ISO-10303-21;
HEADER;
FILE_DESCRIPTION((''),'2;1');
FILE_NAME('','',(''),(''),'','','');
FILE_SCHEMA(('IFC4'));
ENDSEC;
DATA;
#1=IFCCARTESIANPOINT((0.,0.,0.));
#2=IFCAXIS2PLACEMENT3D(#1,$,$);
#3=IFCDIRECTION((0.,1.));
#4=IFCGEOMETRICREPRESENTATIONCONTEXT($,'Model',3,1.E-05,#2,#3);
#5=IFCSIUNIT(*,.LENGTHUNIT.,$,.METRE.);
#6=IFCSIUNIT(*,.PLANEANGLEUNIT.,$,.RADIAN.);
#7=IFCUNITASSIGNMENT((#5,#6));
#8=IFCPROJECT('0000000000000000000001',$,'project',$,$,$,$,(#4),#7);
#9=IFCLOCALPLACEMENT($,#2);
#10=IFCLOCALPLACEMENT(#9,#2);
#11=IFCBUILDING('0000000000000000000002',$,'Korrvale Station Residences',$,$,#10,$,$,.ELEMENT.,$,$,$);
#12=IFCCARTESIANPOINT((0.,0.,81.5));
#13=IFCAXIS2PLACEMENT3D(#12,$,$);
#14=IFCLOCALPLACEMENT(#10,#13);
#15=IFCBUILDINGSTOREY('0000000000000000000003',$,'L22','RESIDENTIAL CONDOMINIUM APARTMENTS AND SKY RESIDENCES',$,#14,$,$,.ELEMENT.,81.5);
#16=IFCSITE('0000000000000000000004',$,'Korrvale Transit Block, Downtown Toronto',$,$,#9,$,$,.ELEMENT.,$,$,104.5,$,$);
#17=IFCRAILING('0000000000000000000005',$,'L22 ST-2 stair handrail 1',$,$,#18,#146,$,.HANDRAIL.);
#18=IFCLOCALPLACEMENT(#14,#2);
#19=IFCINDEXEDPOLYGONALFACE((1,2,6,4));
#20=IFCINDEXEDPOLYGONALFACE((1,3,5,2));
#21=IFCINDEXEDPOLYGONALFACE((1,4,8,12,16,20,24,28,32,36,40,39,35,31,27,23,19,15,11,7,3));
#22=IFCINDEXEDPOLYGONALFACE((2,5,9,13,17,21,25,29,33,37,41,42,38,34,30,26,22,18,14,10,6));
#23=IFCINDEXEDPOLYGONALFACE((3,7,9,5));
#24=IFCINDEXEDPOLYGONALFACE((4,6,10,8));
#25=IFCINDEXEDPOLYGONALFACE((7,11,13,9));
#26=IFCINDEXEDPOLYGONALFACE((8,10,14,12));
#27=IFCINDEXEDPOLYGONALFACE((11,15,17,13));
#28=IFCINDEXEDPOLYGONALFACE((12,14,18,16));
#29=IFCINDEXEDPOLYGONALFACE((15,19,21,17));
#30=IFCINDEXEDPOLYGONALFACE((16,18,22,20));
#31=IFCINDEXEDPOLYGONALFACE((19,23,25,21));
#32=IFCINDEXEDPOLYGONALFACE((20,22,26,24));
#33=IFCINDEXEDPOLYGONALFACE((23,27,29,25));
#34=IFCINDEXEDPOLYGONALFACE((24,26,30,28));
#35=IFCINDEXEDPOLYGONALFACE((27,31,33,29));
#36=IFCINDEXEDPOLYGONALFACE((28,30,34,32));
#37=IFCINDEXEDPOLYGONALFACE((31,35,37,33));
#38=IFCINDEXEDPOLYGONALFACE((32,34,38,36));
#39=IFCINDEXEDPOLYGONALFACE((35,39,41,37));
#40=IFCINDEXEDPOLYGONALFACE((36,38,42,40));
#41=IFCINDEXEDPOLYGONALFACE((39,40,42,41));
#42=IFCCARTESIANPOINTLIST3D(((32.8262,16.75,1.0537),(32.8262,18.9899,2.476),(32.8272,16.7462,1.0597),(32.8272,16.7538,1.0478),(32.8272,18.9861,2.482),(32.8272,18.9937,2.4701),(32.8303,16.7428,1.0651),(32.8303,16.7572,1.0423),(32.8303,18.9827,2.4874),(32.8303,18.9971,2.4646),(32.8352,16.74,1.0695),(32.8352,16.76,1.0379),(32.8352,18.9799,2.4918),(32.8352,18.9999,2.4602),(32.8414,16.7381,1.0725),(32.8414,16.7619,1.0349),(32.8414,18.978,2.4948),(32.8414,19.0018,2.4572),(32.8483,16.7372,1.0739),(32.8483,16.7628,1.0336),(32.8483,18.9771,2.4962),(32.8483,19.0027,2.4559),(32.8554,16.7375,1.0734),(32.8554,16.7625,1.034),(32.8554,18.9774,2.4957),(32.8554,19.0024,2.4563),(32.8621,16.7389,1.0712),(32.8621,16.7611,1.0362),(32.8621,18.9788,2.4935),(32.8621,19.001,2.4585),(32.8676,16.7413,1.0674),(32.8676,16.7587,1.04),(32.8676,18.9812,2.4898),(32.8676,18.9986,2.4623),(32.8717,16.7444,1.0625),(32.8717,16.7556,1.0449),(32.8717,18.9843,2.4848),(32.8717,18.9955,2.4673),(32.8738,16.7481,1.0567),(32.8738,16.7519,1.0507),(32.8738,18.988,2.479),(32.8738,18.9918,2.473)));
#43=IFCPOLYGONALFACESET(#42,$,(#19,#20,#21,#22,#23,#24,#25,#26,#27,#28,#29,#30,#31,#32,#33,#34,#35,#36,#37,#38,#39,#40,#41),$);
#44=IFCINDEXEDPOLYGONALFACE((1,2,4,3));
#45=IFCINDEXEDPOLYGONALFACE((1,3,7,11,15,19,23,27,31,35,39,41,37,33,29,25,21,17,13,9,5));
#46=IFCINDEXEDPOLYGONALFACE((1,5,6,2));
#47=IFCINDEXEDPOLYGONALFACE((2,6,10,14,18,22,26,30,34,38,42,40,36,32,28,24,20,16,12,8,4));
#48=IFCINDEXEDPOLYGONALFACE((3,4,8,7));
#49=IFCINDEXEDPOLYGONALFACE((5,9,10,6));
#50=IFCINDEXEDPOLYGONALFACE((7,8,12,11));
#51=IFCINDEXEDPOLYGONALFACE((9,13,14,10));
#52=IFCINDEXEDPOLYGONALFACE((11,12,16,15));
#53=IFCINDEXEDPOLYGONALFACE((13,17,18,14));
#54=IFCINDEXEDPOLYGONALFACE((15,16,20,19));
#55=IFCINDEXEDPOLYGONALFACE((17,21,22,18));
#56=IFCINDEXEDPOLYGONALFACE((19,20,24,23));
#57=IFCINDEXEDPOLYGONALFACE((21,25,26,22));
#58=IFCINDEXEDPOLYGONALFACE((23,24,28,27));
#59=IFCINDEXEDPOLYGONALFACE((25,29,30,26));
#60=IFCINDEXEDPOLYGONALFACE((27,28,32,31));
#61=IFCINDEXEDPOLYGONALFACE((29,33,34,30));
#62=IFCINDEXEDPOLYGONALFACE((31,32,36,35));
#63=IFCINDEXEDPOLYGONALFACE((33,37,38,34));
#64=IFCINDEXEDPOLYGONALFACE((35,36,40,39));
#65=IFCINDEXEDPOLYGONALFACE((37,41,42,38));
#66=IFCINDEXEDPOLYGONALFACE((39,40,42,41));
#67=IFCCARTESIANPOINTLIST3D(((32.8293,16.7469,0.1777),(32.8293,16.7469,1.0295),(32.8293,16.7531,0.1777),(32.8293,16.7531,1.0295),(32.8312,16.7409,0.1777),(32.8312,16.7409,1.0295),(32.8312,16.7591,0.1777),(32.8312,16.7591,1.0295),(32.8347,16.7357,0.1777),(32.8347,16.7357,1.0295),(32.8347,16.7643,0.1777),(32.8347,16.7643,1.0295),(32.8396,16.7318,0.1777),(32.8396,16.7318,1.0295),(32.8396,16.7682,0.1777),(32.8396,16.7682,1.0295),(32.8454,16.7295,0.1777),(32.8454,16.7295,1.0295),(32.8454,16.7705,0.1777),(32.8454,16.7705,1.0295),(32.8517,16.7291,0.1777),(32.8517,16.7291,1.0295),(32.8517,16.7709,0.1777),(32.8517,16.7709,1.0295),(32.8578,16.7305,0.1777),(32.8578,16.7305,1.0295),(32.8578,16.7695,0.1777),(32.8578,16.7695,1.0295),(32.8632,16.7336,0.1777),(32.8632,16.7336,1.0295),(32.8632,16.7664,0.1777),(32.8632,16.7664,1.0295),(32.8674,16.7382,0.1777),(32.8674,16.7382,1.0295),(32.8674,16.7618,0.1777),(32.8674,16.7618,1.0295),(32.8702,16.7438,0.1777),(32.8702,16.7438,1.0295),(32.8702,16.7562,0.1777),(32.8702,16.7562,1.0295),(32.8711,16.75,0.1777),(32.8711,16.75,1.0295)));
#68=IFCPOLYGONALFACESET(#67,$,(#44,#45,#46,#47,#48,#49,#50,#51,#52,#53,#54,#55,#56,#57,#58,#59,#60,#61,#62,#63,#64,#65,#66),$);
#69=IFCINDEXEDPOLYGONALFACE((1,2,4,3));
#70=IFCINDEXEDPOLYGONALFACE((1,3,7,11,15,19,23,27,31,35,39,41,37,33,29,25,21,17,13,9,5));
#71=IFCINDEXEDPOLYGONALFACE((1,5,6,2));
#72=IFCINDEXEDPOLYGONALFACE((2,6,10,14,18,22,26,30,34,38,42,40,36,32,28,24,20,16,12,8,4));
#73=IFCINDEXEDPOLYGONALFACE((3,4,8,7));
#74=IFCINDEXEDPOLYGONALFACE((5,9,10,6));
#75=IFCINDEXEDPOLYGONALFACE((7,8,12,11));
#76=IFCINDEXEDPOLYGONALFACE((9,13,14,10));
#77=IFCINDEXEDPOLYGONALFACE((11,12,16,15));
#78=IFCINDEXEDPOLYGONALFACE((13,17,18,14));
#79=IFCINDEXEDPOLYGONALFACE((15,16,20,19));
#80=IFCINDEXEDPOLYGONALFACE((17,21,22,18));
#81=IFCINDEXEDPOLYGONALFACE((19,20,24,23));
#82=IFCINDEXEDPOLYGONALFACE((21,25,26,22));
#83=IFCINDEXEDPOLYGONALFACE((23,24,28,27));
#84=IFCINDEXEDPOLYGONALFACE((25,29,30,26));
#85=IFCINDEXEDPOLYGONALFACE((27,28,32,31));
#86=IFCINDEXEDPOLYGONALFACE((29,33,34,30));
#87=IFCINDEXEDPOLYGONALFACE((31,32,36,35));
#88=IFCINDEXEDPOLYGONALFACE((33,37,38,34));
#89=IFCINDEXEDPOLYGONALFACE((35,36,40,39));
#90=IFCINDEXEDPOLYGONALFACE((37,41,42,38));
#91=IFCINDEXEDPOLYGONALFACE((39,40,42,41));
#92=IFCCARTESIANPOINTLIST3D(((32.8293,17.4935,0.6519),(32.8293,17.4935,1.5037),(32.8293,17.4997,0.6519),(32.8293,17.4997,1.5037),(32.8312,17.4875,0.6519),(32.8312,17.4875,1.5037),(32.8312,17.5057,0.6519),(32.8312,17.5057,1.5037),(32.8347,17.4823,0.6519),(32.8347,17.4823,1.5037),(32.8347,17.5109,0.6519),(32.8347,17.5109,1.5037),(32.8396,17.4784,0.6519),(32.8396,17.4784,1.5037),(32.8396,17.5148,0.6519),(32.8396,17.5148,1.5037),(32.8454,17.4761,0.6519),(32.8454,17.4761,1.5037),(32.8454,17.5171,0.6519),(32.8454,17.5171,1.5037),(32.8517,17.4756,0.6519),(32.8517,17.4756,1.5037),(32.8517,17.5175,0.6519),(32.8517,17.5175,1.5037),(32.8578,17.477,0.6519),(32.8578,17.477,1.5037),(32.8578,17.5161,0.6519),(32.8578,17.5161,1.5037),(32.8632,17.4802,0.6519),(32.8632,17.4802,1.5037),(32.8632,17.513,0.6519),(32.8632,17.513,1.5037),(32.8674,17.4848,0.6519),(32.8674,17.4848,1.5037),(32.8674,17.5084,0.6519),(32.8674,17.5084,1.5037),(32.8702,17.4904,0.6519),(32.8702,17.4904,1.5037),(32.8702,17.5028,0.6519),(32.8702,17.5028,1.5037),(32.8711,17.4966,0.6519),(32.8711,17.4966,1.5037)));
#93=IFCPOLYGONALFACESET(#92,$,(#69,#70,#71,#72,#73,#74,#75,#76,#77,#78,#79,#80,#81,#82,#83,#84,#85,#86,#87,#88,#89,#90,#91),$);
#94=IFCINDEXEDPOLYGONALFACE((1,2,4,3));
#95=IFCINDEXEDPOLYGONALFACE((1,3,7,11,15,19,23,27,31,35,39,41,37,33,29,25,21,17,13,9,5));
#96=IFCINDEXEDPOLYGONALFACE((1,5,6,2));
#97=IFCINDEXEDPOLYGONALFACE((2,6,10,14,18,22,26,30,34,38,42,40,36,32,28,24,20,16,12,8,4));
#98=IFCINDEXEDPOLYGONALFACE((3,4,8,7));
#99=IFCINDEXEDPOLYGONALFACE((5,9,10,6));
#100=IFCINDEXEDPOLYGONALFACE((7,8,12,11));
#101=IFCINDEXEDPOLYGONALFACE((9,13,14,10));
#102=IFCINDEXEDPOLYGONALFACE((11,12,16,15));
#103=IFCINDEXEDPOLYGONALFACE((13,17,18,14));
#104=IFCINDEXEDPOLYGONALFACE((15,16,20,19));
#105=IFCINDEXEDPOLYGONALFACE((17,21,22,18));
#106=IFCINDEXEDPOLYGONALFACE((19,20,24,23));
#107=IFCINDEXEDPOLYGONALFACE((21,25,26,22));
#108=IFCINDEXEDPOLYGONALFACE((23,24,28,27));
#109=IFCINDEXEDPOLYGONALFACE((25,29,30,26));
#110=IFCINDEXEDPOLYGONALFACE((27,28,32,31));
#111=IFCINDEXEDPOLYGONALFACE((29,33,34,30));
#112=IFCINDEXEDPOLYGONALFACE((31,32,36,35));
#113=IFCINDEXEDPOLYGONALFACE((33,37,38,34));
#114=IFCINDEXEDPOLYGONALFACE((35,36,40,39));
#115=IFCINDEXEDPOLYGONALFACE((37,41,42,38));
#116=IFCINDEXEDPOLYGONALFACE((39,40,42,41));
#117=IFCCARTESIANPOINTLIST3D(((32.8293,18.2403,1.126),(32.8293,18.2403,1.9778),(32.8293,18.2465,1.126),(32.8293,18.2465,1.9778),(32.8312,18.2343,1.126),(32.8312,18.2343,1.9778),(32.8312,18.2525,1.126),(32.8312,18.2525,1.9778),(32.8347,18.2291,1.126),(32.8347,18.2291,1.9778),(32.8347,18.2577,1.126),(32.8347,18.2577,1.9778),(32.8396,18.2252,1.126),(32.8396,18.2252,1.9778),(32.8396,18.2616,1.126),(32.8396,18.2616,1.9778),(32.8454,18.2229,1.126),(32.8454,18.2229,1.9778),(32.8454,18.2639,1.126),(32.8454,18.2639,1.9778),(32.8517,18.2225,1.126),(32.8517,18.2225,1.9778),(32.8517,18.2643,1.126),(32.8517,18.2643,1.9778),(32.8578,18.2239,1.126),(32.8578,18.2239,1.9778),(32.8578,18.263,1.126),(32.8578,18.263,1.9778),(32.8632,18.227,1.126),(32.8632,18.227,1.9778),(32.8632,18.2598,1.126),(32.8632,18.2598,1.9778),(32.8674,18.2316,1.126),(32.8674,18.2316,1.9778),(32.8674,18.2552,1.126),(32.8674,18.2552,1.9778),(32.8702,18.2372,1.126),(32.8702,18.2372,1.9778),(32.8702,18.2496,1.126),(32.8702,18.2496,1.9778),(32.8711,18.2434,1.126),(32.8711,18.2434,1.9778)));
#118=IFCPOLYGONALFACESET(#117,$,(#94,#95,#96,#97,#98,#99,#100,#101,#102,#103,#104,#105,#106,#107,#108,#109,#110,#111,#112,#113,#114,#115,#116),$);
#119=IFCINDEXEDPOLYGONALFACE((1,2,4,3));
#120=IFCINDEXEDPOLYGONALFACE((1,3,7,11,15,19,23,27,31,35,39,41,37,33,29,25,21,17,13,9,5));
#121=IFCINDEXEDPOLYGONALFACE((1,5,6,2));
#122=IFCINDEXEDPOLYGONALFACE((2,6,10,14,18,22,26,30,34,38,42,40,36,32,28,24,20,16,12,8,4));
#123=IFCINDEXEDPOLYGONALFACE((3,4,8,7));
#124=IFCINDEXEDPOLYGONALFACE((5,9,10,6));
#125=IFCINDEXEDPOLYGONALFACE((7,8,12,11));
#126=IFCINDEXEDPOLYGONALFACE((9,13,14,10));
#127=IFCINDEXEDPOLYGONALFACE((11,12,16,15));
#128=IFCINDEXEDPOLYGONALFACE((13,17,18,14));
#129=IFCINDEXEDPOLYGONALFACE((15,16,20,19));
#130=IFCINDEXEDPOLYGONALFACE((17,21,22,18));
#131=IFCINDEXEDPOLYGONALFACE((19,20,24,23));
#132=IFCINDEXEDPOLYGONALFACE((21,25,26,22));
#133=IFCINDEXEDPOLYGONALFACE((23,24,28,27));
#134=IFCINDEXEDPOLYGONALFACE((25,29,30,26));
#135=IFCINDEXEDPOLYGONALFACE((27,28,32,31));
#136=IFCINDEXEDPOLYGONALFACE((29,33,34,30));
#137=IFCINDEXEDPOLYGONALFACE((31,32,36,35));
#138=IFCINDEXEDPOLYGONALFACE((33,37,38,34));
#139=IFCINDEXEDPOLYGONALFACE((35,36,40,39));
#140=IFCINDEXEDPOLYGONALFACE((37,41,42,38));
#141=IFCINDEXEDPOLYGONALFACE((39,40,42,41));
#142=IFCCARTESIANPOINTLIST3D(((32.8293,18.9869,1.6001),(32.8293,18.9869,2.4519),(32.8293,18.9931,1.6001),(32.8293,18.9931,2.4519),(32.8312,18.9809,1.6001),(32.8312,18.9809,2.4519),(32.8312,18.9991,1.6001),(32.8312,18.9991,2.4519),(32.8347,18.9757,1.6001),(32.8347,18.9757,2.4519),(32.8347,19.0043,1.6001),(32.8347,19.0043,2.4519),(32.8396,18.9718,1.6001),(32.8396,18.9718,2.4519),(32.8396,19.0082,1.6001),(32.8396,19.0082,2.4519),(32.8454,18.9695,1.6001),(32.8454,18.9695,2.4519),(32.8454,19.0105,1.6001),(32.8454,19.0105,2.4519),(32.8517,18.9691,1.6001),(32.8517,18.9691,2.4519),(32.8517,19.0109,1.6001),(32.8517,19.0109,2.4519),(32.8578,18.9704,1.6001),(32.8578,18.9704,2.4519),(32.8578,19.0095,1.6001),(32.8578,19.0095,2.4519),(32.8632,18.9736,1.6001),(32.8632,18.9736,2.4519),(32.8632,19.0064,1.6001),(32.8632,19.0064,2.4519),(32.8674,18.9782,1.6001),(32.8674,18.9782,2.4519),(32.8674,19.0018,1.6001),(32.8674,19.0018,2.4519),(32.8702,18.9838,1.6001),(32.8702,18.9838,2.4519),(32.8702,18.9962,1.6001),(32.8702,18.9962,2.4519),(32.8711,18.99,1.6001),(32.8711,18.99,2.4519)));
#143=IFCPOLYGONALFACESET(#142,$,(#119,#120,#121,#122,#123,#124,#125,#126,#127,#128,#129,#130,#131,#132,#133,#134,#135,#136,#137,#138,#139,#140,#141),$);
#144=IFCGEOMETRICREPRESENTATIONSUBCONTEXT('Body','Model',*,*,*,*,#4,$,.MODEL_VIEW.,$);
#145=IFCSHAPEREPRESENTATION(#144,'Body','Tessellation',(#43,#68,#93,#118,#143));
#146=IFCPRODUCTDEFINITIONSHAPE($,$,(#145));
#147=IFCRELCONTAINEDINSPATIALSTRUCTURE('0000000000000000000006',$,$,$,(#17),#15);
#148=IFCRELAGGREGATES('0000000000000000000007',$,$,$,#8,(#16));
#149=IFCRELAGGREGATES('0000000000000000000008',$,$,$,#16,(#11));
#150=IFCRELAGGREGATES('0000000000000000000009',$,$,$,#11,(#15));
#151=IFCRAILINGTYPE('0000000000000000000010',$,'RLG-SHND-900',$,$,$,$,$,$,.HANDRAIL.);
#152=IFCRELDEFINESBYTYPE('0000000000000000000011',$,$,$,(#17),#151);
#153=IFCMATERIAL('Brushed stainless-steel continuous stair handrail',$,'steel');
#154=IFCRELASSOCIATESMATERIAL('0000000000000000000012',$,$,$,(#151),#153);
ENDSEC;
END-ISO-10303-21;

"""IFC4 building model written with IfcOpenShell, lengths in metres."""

from ifc_helpers import new_model, si_unit, direction, frame, origin, origin_2d, place, context, subcontext, project, spatial, circle, extrude, material, type_object, element, save


model = new_model("IFC4")

# Units and contexts
model_context = context("Model", 3, precision=1e-05, world=origin(), true_north=direction((0.0, 1.0)))
body_context = subcontext(model_context, "Body", "Model", "MODEL_VIEW")
ifc_project = project(units=[si_unit("LENGTHUNIT", "METRE"), si_unit("PLANEANGLEUNIT", "RADIAN")], contexts=[model_context])

# Site, building, storey
site_placement = place(None, origin())
site = spatial("IfcSite", under=ifc_project, at=site_placement, Name="Korrvale Transit Block, Downtown Toronto", CompositionType="ELEMENT", RefElevation=104.5)
building_placement = place(site_placement, origin())
building = spatial("IfcBuilding", under=site, at=building_placement, Name="Korrvale Station Residences", CompositionType="ELEMENT")
storey_placement = place(building_placement, frame((0.0, 0.0, 81.5)))
storey = spatial("IfcBuildingStorey", under=building, at=storey_placement, Name="L22", Description="RESIDENTIAL CONDOMINIUM APARTMENTS AND SKY RESIDENCES", CompositionType="ELEMENT", Elevation=81.5)

# Railing
ifc_material_1 = material(Name="Brushed stainless-steel continuous stair handrail", Category="steel")
railing_type_1 = type_object("IfcRailingType", Name="RLG-SHND-900", PredefinedType="HANDRAIL", material=ifc_material_1)
railing_1_placement = place(storey_placement, frame((32.8501, 16.75, 0.1777)))
element("IfcRailing", 1, at=railing_1_placement, inside=storey, type_object=railing_type_1, Name="L22 ST-2 stair handrail 1", PredefinedType="HANDRAIL", context=body_context, shape_type="SweptSolid", body=[
    extrude(circle(Radius=0.0239, at=origin_2d()), frame((0.0, 0.0, 0.876), z_axis=(0.0, 0.844188, 0.536048), x_axis=(-1.0, 0.0, 0.0)), (0.0, 0.0, 1.0), 2.6533),
    extrude(circle(Radius=0.021, at=origin_2d()), origin(), (0.0, 0.0, 1.0), 0.8518),
    extrude(circle(Radius=0.021, at=origin_2d()), frame((0.0, 0.7466, 0.4741)), (0.0, 0.0, 1.0), 0.8518),
    extrude(circle(Radius=0.021, at=origin_2d()), frame((0.0, 1.4934, 0.9482)), (0.0, 0.0, 1.0), 0.8518),
    extrude(circle(Radius=0.021, at=origin_2d()), frame((0.0, 2.24, 1.4224)), (0.0, 0.0, 1.0), 0.8518),
])

save(model, "model.ifc")
